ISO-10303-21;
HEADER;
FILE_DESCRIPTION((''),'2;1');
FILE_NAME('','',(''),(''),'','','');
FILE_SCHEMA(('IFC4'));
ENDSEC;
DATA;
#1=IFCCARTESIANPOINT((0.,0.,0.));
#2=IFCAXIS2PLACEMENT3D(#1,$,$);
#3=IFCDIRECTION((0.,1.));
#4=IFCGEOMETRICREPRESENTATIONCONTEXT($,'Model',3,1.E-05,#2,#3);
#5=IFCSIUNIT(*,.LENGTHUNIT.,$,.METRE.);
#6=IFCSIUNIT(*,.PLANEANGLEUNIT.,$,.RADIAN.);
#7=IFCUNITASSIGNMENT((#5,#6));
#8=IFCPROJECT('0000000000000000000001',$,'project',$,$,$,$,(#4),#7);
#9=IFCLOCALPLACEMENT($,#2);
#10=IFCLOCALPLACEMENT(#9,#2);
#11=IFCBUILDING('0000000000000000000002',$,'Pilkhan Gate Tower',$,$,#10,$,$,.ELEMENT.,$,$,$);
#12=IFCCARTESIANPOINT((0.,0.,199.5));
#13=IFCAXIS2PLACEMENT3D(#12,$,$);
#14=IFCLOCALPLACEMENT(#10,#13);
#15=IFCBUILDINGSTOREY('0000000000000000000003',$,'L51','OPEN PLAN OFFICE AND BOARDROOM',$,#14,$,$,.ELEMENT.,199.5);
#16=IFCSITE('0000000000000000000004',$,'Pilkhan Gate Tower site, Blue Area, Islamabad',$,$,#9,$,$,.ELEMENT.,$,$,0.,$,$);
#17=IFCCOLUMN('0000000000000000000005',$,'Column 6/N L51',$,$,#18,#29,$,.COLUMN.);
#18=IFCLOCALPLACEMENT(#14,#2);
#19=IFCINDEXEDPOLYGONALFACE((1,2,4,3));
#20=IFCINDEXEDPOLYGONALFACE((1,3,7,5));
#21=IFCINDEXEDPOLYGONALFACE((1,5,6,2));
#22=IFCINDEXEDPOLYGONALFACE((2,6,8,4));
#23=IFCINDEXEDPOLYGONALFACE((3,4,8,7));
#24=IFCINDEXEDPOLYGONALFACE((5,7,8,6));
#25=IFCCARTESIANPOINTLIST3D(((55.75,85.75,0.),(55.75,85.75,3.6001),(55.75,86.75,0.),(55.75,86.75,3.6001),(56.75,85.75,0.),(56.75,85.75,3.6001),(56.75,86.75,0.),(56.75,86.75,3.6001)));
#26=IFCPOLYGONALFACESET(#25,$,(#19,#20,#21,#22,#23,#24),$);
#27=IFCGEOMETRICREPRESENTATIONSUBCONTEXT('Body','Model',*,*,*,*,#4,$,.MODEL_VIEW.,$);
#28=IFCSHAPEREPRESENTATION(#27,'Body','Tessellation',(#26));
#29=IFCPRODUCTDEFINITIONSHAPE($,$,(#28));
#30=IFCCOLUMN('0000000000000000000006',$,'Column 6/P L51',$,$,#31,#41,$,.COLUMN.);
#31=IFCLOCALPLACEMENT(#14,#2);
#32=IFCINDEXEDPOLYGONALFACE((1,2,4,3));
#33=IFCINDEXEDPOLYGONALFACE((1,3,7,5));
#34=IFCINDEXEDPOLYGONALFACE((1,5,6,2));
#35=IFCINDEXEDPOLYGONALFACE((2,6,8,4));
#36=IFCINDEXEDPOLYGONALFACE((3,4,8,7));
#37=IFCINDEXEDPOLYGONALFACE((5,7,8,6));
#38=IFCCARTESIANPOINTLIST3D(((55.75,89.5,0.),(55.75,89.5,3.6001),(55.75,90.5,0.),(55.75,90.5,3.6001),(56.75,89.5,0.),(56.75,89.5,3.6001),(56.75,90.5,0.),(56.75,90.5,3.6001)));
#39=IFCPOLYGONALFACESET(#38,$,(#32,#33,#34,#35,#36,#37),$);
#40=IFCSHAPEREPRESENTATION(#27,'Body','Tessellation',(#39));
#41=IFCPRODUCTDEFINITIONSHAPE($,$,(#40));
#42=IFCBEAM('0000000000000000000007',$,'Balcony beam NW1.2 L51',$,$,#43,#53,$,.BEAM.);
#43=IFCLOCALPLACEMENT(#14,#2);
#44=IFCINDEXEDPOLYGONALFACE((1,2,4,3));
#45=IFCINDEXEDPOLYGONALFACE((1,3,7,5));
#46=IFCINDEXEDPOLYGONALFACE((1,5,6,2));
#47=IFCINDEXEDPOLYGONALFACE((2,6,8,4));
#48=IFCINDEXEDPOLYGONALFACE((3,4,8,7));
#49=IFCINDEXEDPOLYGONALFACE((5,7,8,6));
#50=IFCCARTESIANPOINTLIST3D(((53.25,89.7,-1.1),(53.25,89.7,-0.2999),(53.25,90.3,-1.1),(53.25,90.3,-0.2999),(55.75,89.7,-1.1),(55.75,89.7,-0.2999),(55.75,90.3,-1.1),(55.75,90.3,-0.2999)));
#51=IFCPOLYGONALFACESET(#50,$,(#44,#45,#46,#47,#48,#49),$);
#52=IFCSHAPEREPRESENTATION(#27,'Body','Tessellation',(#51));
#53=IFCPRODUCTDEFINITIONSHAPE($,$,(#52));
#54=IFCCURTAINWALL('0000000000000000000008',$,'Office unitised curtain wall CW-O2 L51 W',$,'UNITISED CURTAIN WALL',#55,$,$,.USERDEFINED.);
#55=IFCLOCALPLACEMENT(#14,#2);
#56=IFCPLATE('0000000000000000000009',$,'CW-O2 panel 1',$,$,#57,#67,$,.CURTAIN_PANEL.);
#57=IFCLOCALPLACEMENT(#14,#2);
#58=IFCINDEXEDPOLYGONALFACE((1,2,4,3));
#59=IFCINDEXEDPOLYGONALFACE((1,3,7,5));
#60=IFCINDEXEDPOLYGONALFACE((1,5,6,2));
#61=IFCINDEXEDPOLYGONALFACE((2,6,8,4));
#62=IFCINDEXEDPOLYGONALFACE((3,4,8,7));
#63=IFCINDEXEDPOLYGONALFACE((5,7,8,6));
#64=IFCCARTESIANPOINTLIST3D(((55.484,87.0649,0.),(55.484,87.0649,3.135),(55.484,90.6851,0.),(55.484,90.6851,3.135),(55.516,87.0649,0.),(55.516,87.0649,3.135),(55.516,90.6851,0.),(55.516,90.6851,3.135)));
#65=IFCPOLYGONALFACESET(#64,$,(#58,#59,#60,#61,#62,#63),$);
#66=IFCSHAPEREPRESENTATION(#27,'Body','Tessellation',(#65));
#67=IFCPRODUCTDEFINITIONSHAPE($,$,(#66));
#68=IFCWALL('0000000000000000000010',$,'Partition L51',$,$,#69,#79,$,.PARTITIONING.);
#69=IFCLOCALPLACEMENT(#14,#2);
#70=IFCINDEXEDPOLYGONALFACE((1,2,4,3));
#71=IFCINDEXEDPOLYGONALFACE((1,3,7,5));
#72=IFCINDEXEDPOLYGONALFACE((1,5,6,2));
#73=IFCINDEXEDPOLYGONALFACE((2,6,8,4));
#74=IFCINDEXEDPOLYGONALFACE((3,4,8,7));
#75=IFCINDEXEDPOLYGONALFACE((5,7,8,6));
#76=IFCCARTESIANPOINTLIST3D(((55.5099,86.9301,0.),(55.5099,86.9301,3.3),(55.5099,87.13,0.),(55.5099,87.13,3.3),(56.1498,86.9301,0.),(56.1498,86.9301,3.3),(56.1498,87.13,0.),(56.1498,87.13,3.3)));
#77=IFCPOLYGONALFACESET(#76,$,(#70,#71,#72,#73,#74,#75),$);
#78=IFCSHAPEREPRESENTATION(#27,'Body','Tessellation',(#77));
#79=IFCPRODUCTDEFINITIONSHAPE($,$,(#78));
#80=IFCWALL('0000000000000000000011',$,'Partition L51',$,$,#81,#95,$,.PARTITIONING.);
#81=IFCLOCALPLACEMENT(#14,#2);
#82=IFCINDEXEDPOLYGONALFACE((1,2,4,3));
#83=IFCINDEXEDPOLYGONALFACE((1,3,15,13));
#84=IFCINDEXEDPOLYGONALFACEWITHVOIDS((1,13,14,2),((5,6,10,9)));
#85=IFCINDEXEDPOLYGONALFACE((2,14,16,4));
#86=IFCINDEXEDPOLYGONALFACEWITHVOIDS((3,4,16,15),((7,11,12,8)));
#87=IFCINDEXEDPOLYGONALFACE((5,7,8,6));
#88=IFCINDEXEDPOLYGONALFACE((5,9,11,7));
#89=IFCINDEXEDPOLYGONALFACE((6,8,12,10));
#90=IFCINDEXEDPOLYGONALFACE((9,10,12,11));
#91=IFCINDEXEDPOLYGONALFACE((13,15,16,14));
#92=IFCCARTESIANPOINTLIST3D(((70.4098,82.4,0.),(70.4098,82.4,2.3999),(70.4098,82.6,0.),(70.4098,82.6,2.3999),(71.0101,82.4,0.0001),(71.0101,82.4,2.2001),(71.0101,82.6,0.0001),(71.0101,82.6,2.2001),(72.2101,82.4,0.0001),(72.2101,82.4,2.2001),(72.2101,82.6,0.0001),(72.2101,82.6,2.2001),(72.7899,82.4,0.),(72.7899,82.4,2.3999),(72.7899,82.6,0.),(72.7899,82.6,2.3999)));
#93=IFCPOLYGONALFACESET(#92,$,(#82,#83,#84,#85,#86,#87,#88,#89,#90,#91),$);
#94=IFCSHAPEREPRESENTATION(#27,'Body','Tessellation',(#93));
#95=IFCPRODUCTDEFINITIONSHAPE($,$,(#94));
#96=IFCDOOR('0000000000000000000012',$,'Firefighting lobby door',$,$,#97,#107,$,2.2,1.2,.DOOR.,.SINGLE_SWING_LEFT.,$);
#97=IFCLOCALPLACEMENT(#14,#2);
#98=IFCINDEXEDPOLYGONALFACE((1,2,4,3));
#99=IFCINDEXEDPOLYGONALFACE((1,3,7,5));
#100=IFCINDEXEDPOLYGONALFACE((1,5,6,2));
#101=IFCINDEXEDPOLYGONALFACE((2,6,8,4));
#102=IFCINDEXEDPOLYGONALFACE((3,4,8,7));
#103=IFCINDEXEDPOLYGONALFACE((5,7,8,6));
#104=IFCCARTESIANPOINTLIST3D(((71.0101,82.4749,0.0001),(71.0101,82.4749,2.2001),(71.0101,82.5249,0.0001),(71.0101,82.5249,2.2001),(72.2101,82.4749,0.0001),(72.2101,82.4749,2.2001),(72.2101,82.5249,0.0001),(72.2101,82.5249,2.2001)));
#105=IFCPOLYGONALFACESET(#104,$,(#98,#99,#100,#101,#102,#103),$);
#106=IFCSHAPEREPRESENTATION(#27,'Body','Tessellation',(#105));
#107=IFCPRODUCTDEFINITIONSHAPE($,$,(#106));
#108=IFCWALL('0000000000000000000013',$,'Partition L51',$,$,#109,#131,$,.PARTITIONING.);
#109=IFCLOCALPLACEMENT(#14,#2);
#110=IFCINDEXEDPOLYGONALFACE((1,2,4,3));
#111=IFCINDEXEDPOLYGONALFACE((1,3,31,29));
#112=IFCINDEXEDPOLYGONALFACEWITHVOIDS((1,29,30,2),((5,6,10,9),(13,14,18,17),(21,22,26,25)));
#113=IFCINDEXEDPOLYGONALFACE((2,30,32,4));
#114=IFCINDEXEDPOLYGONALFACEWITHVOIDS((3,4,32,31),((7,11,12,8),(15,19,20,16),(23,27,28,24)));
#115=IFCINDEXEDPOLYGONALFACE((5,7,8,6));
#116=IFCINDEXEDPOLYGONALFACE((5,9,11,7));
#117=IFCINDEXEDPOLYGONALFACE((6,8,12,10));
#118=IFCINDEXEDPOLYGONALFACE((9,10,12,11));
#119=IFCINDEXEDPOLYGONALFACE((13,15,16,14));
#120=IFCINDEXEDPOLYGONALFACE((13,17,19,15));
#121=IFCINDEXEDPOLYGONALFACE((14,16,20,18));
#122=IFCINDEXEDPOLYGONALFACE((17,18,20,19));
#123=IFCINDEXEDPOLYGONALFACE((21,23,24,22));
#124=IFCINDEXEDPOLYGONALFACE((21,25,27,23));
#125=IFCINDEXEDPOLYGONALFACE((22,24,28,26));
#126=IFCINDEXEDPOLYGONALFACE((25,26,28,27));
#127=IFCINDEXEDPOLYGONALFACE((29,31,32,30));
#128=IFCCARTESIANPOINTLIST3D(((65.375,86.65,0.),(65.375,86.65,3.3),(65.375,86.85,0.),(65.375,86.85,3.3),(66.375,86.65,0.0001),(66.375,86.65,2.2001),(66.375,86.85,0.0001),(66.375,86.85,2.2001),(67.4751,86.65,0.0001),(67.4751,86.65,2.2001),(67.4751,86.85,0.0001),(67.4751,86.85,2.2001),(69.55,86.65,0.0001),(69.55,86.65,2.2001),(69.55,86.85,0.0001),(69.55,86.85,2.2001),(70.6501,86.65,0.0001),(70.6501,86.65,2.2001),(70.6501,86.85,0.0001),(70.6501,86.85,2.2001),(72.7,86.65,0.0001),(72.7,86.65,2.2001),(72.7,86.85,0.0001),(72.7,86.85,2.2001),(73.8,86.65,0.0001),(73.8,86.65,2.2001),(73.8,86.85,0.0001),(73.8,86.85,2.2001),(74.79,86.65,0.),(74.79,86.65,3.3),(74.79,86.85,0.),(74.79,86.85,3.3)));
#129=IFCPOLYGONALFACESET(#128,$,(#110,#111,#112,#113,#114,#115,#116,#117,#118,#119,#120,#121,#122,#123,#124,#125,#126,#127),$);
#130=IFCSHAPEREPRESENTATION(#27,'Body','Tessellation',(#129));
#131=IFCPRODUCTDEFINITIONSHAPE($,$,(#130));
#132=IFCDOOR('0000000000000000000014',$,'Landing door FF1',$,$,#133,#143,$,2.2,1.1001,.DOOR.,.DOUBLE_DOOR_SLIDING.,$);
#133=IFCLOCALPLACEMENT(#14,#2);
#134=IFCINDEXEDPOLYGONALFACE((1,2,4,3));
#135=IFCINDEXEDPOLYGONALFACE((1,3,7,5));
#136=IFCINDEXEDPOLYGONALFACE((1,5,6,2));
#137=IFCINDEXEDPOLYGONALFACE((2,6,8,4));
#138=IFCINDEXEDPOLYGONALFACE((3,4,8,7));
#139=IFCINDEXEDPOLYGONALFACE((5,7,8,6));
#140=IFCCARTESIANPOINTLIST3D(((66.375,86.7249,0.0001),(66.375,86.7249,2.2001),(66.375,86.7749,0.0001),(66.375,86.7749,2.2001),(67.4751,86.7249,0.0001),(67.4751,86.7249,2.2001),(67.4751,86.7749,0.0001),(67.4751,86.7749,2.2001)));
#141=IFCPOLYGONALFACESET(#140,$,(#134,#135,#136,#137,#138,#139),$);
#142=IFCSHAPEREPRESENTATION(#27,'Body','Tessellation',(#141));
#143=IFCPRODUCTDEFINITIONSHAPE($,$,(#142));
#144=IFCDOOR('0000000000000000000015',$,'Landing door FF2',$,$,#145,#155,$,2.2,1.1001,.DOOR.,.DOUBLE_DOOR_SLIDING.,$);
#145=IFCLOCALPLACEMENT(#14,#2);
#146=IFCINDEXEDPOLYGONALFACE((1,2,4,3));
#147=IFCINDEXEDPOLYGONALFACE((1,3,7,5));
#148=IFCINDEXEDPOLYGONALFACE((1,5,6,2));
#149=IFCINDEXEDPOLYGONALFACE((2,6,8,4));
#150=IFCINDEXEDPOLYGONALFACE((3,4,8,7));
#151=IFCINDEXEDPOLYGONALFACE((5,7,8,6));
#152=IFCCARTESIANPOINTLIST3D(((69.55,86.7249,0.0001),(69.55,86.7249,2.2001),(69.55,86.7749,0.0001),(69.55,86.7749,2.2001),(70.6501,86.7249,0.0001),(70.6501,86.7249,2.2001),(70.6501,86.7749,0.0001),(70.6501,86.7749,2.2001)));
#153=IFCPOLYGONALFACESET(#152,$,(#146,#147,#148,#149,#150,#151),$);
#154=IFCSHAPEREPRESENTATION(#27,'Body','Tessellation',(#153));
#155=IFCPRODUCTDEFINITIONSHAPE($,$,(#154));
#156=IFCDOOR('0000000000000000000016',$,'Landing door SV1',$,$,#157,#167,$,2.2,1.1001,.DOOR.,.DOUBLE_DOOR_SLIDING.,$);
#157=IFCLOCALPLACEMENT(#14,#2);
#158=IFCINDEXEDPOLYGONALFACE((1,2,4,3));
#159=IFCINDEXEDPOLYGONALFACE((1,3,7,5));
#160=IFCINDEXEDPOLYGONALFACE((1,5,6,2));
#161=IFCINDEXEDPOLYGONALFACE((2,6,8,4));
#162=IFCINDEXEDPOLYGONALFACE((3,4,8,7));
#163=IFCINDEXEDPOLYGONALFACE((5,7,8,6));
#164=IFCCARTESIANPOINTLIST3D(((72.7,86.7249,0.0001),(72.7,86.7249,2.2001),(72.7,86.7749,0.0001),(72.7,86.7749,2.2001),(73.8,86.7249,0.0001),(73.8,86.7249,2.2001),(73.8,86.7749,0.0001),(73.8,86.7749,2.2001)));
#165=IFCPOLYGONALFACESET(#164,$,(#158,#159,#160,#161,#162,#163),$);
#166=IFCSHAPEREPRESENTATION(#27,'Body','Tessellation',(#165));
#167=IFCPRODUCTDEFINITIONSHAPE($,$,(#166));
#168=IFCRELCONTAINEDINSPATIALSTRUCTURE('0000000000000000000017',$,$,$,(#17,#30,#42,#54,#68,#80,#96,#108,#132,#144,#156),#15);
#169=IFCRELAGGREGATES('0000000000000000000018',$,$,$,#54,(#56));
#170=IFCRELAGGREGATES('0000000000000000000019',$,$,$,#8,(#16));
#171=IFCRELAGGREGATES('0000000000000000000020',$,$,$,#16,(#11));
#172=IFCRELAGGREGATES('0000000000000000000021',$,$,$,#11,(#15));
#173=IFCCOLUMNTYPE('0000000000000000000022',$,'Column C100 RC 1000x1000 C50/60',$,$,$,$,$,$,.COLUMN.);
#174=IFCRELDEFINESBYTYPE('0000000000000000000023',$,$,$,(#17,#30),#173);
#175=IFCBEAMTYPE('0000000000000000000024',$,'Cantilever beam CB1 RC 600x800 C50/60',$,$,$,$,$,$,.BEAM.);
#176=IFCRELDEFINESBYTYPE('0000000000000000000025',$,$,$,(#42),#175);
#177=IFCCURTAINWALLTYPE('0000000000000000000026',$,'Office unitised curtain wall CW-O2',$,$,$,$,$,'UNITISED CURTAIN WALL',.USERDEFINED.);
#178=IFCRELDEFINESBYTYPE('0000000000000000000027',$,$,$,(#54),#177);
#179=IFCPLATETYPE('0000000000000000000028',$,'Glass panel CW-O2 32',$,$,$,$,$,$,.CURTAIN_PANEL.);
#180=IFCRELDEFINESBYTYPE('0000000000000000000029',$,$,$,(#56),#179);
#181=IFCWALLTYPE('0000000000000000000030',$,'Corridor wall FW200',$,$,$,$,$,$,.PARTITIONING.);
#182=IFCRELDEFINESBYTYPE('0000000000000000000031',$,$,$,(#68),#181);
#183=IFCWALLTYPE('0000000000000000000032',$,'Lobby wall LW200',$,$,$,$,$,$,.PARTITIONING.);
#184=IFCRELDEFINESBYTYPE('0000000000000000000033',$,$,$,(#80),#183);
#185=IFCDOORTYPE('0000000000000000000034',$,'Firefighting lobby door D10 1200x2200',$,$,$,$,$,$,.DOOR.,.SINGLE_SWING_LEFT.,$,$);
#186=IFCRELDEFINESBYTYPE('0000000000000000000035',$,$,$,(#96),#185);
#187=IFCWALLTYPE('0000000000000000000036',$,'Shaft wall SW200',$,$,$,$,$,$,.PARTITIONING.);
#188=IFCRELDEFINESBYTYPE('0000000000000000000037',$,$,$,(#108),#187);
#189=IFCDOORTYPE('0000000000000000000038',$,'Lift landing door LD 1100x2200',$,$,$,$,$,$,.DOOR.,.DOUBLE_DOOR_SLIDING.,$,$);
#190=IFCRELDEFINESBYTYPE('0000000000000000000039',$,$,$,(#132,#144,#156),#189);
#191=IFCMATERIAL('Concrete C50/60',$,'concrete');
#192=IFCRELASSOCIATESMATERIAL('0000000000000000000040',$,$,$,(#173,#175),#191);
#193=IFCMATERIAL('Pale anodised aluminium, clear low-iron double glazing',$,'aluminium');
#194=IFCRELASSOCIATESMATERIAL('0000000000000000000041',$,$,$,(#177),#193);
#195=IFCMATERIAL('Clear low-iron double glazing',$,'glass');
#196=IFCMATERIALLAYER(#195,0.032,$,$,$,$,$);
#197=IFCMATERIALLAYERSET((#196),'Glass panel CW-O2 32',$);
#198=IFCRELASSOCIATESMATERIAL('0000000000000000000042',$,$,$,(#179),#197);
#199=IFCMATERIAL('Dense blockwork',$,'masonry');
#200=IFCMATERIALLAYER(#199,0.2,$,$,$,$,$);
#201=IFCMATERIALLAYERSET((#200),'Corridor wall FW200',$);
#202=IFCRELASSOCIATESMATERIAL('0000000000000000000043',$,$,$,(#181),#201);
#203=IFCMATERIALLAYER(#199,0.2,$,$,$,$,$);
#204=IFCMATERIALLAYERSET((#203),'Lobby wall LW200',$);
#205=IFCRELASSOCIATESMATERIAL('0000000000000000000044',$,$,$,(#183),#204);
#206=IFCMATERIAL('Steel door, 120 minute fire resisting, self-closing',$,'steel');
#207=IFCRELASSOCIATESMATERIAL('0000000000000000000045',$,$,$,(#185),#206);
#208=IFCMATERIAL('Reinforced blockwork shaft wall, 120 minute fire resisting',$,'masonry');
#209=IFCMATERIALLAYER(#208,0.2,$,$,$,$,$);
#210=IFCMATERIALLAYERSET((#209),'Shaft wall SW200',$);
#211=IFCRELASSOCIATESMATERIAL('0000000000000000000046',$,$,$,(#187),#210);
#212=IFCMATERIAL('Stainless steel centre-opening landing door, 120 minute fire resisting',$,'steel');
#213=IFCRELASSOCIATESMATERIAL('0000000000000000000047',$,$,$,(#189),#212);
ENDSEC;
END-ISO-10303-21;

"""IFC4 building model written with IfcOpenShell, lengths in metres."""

from ifc_helpers import new_model, si_unit, direction, frame, frame_2d, origin, origin_2d, place, context, subcontext, project, spatial, rectangle, extrude, material, layer, layer_set, material_profile, profile_set, type_object, element, fill, aggregate, save


model = new_model("IFC4")

# Units and contexts
model_context = context("Model", 3, precision=1e-05, world=origin(), true_north=direction((0.0, 1.0)))
body_context = subcontext(model_context, "Body", "Model", "MODEL_VIEW")
ifc_project = project(units=[si_unit("LENGTHUNIT", "METRE"), si_unit("PLANEANGLEUNIT", "RADIAN")], contexts=[model_context])

# Site, building, storey
site_placement = place(None, origin())
site = spatial("IfcSite", under=ifc_project, at=site_placement, Name="Pilkhan Gate Tower site, Blue Area, Islamabad", CompositionType="ELEMENT", RefElevation=0.0)
building_placement = place(site_placement, origin())
building = spatial("IfcBuilding", under=site, at=building_placement, Name="Pilkhan Gate Tower", CompositionType="ELEMENT")
storey_placement = place(building_placement, frame((0.0, 0.0, 199.5)))
storey = spatial("IfcBuildingStorey", under=building, at=storey_placement, Name="L51", Description="OPEN PLAN OFFICE AND BOARDROOM", CompositionType="ELEMENT", Elevation=199.5)

# Columns
ifc_material_1 = material(Name="Concrete C50/60", Category="concrete")
ifc_material_profile_1 = material_profile(ifc_material_1, rectangle(XDim=1.0, YDim=1.0, at=origin_2d()), Name="RC 1000x1000")
ifc_profile_set_1 = profile_set([ifc_material_profile_1], Name="Concrete C50/60")
column_type = type_object("IfcColumnType", Name="Column C100 RC 1000x1000 C50/60", PredefinedType="COLUMN", material=ifc_profile_set_1)
for number, where, z_axis, x_axis, name in (
    (1, (56.25, 86.25, 0.0), (0.0, 0.0, 1.0), (1.0, 0.0, 0.0), "Column 6/N L51"),
    (2, (56.25, 90.0, 0.0), (0.0, 0.0, 1.0), (1.0, 0.0, 0.0), "Column 6/P L51"),
):
    element("IfcColumn", number, at=place(storey_placement, frame(where, z_axis=z_axis, x_axis=x_axis)), inside=storey, type_object=column_type, Name=name, PredefinedType="COLUMN", context=body_context, shape_type="SweptSolid", body=[
        extrude(rectangle(XDim=1.0, YDim=1.0, at=origin_2d()), origin(), (0.0, 0.0, 1.0), 3.6001),
    ])

# Beam
ifc_material_profile_2 = material_profile(ifc_material_1, rectangle(XDim=0.6001, YDim=0.8, at=origin_2d()), Name="RC 600x800")
ifc_profile_set_2 = profile_set([ifc_material_profile_2], Name="Concrete C50/60")
beam_type = type_object("IfcBeamType", Name="Cantilever beam CB1 RC 600x800 C50/60", PredefinedType="BEAM", material=ifc_profile_set_2)
beam_placement = place(storey_placement, frame((55.75, 90.0, -0.7), z_axis=(-1.0, 0.0, 0.0), x_axis=(0.0, -1.0, 0.0)))
element("IfcBeam", 3, at=beam_placement, inside=storey, type_object=beam_type, Name="Balcony beam NW1.2 L51", PredefinedType="BEAM", context=body_context, shape_type="SweptSolid", body=[
    extrude(rectangle(XDim=0.6001, YDim=0.8, at=origin_2d()), origin(), (0.0, 0.0, 1.0), 2.5),
])

# Curtain wall, plate
ifc_material_2 = material(Name="Pale anodised aluminium, clear low-iron double glazing", Category="aluminium")
curtain_wall_type = type_object("IfcCurtainWallType", Name="Office unitised curtain wall CW-O2", ElementType="UNITISED CURTAIN WALL", PredefinedType="USERDEFINED", material=ifc_material_2)
curtain_wall_placement = place(storey_placement, origin())
curtain_wall = element("IfcCurtainWall", 4, at=curtain_wall_placement, inside=storey, type_object=curtain_wall_type, Name="Office unitised curtain wall CW-O2 L51 W", ObjectType="UNITISED CURTAIN WALL", PredefinedType="USERDEFINED")
ifc_material_3 = material(Name="Clear low-iron double glazing", Category="glass")
ifc_layer_1 = layer(ifc_material_3, 0.032)
ifc_layer_set_1 = layer_set([ifc_layer_1], Name="Glass panel CW-O2 32")
plate_type = type_object("IfcPlateType", Name="Glass panel CW-O2 32", PredefinedType="CURTAIN_PANEL", material=ifc_layer_set_1)
plate_placement = place(storey_placement, frame((55.5, 88.875, 0.0), z_axis=(0.0, 0.0, 1.0), x_axis=(0.0, 1.0, 0.0)))
plate = element("IfcPlate", 5, at=plate_placement, type_object=plate_type, Name="CW-O2 panel 1", PredefinedType="CURTAIN_PANEL", context=body_context, shape_type="SweptSolid", body=[
    extrude(rectangle(XDim=3.6201, YDim=0.032, at=origin_2d()), origin(), (0.0, 0.0, 1.0), 3.135),
])
aggregate(curtain_wall, [plate])

# Wall
ifc_material_4 = material(Name="Dense blockwork", Category="masonry")
ifc_layer_2 = layer(ifc_material_4, 0.2)
ifc_layer_set_2 = layer_set([ifc_layer_2], Name="Corridor wall FW200")
wall_type_1 = type_object("IfcWallType", Name="Corridor wall FW200", PredefinedType="PARTITIONING", material=ifc_layer_set_2)
wall_1_placement = place(storey_placement, frame((55.51, 87.03, 0.0), z_axis=(0.0, 0.0, 1.0), x_axis=(1.0, 0.0, 0.0)))
element("IfcWall", 6, at=wall_1_placement, inside=storey, type_object=wall_type_1, Name="Partition L51", PredefinedType="PARTITIONING", context=body_context, shape_type="SweptSolid", body=[
    extrude(rectangle(XDim=0.6399, YDim=0.2, at=frame_2d((0.3198, 0.0))), origin(), (0.0, 0.0, 1.0), 3.3),
])

# Wall, opening, door
ifc_layer_3 = layer(ifc_material_4, 0.2)
ifc_layer_set_3 = layer_set([ifc_layer_3], Name="Lobby wall LW200")
wall_type_2 = type_object("IfcWallType", Name="Lobby wall LW200", PredefinedType="PARTITIONING", material=ifc_layer_set_3)
wall_2_placement = place(storey_placement, frame((70.4099, 82.5, 0.0), z_axis=(0.0, 0.0, 1.0), x_axis=(1.0, 0.0, 0.0)))
wall_2 = element("IfcWall", 7, at=wall_2_placement, inside=storey, type_object=wall_type_2, Name="Partition L51", PredefinedType="PARTITIONING", context=body_context, shape_type="SweptSolid", body=[
    extrude(rectangle(XDim=2.3801, YDim=0.2, at=frame_2d((1.1899, 0.0))), origin(), (0.0, 0.0, 1.0), 2.3999),
])
opening_1_placement = place(wall_2_placement, frame((0.6001, 0.0, 0.0)))
opening_1 = element("IfcOpeningElement", 8, at=opening_1_placement, cuts=wall_2, PredefinedType="OPENING", context=body_context, shape_type="SweptSolid", body=[
    extrude(rectangle(XDim=1.2, YDim=2.2, at=frame_2d((0.6001, 1.1001))), frame((0.0, 0.1099, 0.0), z_axis=(0.0, -1.0, 0.0), x_axis=(1.0, 0.0, 0.0)), (0.0, 0.0, 1.0), 0.22),
])
ifc_material_5 = material(Name="Steel door, 120 minute fire resisting, self-closing", Category="steel")
door_type_1 = type_object("IfcDoorType", Name="Firefighting lobby door D10 1200x2200", OperationType="SINGLE_SWING_LEFT", PredefinedType="DOOR", material=ifc_material_5)
door_1_placement = place(opening_1_placement, origin())
door_1 = element("IfcDoor", 9, at=door_1_placement, inside=storey, type_object=door_type_1, Name="Firefighting lobby door", OperationType="SINGLE_SWING_LEFT", OverallHeight=2.2, OverallWidth=1.2, PredefinedType="DOOR", context=body_context, shape_type="SweptSolid", body=[
    extrude(rectangle(XDim=1.2, YDim=2.2, at=frame_2d((0.6001, 1.1001))), frame((0.0, 0.0249, 0.0), z_axis=(0.0, -1.0, 0.0), x_axis=(1.0, 0.0, 0.0)), (0.0, 0.0, 1.0), 0.05),
])
fill(opening_1, door_1)

# Wall, openings, doors
ifc_material_6 = material(Name="Reinforced blockwork shaft wall, 120 minute fire resisting", Category="masonry")
ifc_layer_4 = layer(ifc_material_6, 0.2)
ifc_layer_set_4 = layer_set([ifc_layer_4], Name="Shaft wall SW200")
wall_type_3 = type_object("IfcWallType", Name="Shaft wall SW200", PredefinedType="PARTITIONING", material=ifc_layer_set_4)
wall_3_placement = place(storey_placement, frame((65.375, 86.75, 0.0), z_axis=(0.0, 0.0, 1.0), x_axis=(1.0, 0.0, 0.0)))
wall_3 = element("IfcWall", 10, at=wall_3_placement, inside=storey, type_object=wall_type_3, Name="Partition L51", PredefinedType="PARTITIONING", context=body_context, shape_type="SweptSolid", body=[
    extrude(rectangle(XDim=9.415, YDim=0.2, at=frame_2d((4.7075, 0.0))), origin(), (0.0, 0.0, 1.0), 3.3),
])
opening_2_placement = place(wall_3_placement, frame((1.0, 0.0, 0.0)))
opening_2 = element("IfcOpeningElement", 11, at=opening_2_placement, cuts=wall_3, PredefinedType="OPENING", context=body_context, shape_type="SweptSolid", body=[
    extrude(rectangle(XDim=1.1001, YDim=2.2, at=frame_2d((0.55, 1.1001))), frame((0.0, 0.1099, 0.0), z_axis=(0.0, -1.0, 0.0), x_axis=(1.0, 0.0, 0.0)), (0.0, 0.0, 1.0), 0.22),
])
opening_3_placement = place(wall_3_placement, frame((4.175, 0.0, 0.0)))
opening_3 = element("IfcOpeningElement", 12, at=opening_3_placement, cuts=wall_3, PredefinedType="OPENING", context=body_context, shape_type="SweptSolid", body=[
    extrude(rectangle(XDim=1.1001, YDim=2.2, at=frame_2d((0.55, 1.1001))), frame((0.0, 0.1099, 0.0), z_axis=(0.0, -1.0, 0.0), x_axis=(1.0, 0.0, 0.0)), (0.0, 0.0, 1.0), 0.22),
])
opening_4_placement = place(wall_3_placement, frame((7.325, 0.0, 0.0)))
opening_4 = element("IfcOpeningElement", 13, at=opening_4_placement, cuts=wall_3, PredefinedType="OPENING", context=body_context, shape_type="SweptSolid", body=[
    extrude(rectangle(XDim=1.1001, YDim=2.2, at=frame_2d((0.55, 1.1001))), frame((0.0, 0.1099, 0.0), z_axis=(0.0, -1.0, 0.0), x_axis=(1.0, 0.0, 0.0)), (0.0, 0.0, 1.0), 0.22),
])
ifc_material_7 = material(Name="Stainless steel centre-opening landing door, 120 minute fire resisting", Category="steel")
door_type_2 = type_object("IfcDoorType", Name="Lift landing door LD 1100x2200", OperationType="DOUBLE_DOOR_SLIDING", PredefinedType="DOOR", material=ifc_material_7)
door_2_placement = place(opening_2_placement, origin())
door_2 = element("IfcDoor", 14, at=door_2_placement, inside=storey, type_object=door_type_2, Name="Landing door FF1", OperationType="DOUBLE_DOOR_SLIDING", OverallHeight=2.2, OverallWidth=1.1001, PredefinedType="DOOR", context=body_context, shape_type="SweptSolid", body=[
    extrude(rectangle(XDim=1.1001, YDim=2.2, at=frame_2d((0.55, 1.1001))), frame((0.0, 0.0249, 0.0), z_axis=(0.0, -1.0, 0.0), x_axis=(1.0, 0.0, 0.0)), (0.0, 0.0, 1.0), 0.05),
])
fill(opening_2, door_2)
door_3_placement = place(opening_3_placement, origin())
door_3 = element("IfcDoor", 15, at=door_3_placement, inside=storey, type_object=door_type_2, Name="Landing door FF2", OperationType="DOUBLE_DOOR_SLIDING", OverallHeight=2.2, OverallWidth=1.1001, PredefinedType="DOOR", context=body_context, shape_type="SweptSolid", body=[
    extrude(rectangle(XDim=1.1001, YDim=2.2, at=frame_2d((0.55, 1.1001))), frame((0.0, 0.0249, 0.0), z_axis=(0.0, -1.0, 0.0), x_axis=(1.0, 0.0, 0.0)), (0.0, 0.0, 1.0), 0.05),
])
fill(opening_3, door_3)
door_4_placement = place(opening_4_placement, origin())
door_4 = element("IfcDoor", 16, at=door_4_placement, inside=storey, type_object=door_type_2, Name="Landing door SV1", OperationType="DOUBLE_DOOR_SLIDING", OverallHeight=2.2, OverallWidth=1.1001, PredefinedType="DOOR", context=body_context, shape_type="SweptSolid", body=[
    extrude(rectangle(XDim=1.1001, YDim=2.2, at=frame_2d((0.55, 1.1001))), frame((0.0, 0.0249, 0.0), z_axis=(0.0, -1.0, 0.0), x_axis=(1.0, 0.0, 0.0)), (0.0, 0.0, 1.0), 0.05),
])
fill(opening_4, door_4)

save(model, "model.ifc")
